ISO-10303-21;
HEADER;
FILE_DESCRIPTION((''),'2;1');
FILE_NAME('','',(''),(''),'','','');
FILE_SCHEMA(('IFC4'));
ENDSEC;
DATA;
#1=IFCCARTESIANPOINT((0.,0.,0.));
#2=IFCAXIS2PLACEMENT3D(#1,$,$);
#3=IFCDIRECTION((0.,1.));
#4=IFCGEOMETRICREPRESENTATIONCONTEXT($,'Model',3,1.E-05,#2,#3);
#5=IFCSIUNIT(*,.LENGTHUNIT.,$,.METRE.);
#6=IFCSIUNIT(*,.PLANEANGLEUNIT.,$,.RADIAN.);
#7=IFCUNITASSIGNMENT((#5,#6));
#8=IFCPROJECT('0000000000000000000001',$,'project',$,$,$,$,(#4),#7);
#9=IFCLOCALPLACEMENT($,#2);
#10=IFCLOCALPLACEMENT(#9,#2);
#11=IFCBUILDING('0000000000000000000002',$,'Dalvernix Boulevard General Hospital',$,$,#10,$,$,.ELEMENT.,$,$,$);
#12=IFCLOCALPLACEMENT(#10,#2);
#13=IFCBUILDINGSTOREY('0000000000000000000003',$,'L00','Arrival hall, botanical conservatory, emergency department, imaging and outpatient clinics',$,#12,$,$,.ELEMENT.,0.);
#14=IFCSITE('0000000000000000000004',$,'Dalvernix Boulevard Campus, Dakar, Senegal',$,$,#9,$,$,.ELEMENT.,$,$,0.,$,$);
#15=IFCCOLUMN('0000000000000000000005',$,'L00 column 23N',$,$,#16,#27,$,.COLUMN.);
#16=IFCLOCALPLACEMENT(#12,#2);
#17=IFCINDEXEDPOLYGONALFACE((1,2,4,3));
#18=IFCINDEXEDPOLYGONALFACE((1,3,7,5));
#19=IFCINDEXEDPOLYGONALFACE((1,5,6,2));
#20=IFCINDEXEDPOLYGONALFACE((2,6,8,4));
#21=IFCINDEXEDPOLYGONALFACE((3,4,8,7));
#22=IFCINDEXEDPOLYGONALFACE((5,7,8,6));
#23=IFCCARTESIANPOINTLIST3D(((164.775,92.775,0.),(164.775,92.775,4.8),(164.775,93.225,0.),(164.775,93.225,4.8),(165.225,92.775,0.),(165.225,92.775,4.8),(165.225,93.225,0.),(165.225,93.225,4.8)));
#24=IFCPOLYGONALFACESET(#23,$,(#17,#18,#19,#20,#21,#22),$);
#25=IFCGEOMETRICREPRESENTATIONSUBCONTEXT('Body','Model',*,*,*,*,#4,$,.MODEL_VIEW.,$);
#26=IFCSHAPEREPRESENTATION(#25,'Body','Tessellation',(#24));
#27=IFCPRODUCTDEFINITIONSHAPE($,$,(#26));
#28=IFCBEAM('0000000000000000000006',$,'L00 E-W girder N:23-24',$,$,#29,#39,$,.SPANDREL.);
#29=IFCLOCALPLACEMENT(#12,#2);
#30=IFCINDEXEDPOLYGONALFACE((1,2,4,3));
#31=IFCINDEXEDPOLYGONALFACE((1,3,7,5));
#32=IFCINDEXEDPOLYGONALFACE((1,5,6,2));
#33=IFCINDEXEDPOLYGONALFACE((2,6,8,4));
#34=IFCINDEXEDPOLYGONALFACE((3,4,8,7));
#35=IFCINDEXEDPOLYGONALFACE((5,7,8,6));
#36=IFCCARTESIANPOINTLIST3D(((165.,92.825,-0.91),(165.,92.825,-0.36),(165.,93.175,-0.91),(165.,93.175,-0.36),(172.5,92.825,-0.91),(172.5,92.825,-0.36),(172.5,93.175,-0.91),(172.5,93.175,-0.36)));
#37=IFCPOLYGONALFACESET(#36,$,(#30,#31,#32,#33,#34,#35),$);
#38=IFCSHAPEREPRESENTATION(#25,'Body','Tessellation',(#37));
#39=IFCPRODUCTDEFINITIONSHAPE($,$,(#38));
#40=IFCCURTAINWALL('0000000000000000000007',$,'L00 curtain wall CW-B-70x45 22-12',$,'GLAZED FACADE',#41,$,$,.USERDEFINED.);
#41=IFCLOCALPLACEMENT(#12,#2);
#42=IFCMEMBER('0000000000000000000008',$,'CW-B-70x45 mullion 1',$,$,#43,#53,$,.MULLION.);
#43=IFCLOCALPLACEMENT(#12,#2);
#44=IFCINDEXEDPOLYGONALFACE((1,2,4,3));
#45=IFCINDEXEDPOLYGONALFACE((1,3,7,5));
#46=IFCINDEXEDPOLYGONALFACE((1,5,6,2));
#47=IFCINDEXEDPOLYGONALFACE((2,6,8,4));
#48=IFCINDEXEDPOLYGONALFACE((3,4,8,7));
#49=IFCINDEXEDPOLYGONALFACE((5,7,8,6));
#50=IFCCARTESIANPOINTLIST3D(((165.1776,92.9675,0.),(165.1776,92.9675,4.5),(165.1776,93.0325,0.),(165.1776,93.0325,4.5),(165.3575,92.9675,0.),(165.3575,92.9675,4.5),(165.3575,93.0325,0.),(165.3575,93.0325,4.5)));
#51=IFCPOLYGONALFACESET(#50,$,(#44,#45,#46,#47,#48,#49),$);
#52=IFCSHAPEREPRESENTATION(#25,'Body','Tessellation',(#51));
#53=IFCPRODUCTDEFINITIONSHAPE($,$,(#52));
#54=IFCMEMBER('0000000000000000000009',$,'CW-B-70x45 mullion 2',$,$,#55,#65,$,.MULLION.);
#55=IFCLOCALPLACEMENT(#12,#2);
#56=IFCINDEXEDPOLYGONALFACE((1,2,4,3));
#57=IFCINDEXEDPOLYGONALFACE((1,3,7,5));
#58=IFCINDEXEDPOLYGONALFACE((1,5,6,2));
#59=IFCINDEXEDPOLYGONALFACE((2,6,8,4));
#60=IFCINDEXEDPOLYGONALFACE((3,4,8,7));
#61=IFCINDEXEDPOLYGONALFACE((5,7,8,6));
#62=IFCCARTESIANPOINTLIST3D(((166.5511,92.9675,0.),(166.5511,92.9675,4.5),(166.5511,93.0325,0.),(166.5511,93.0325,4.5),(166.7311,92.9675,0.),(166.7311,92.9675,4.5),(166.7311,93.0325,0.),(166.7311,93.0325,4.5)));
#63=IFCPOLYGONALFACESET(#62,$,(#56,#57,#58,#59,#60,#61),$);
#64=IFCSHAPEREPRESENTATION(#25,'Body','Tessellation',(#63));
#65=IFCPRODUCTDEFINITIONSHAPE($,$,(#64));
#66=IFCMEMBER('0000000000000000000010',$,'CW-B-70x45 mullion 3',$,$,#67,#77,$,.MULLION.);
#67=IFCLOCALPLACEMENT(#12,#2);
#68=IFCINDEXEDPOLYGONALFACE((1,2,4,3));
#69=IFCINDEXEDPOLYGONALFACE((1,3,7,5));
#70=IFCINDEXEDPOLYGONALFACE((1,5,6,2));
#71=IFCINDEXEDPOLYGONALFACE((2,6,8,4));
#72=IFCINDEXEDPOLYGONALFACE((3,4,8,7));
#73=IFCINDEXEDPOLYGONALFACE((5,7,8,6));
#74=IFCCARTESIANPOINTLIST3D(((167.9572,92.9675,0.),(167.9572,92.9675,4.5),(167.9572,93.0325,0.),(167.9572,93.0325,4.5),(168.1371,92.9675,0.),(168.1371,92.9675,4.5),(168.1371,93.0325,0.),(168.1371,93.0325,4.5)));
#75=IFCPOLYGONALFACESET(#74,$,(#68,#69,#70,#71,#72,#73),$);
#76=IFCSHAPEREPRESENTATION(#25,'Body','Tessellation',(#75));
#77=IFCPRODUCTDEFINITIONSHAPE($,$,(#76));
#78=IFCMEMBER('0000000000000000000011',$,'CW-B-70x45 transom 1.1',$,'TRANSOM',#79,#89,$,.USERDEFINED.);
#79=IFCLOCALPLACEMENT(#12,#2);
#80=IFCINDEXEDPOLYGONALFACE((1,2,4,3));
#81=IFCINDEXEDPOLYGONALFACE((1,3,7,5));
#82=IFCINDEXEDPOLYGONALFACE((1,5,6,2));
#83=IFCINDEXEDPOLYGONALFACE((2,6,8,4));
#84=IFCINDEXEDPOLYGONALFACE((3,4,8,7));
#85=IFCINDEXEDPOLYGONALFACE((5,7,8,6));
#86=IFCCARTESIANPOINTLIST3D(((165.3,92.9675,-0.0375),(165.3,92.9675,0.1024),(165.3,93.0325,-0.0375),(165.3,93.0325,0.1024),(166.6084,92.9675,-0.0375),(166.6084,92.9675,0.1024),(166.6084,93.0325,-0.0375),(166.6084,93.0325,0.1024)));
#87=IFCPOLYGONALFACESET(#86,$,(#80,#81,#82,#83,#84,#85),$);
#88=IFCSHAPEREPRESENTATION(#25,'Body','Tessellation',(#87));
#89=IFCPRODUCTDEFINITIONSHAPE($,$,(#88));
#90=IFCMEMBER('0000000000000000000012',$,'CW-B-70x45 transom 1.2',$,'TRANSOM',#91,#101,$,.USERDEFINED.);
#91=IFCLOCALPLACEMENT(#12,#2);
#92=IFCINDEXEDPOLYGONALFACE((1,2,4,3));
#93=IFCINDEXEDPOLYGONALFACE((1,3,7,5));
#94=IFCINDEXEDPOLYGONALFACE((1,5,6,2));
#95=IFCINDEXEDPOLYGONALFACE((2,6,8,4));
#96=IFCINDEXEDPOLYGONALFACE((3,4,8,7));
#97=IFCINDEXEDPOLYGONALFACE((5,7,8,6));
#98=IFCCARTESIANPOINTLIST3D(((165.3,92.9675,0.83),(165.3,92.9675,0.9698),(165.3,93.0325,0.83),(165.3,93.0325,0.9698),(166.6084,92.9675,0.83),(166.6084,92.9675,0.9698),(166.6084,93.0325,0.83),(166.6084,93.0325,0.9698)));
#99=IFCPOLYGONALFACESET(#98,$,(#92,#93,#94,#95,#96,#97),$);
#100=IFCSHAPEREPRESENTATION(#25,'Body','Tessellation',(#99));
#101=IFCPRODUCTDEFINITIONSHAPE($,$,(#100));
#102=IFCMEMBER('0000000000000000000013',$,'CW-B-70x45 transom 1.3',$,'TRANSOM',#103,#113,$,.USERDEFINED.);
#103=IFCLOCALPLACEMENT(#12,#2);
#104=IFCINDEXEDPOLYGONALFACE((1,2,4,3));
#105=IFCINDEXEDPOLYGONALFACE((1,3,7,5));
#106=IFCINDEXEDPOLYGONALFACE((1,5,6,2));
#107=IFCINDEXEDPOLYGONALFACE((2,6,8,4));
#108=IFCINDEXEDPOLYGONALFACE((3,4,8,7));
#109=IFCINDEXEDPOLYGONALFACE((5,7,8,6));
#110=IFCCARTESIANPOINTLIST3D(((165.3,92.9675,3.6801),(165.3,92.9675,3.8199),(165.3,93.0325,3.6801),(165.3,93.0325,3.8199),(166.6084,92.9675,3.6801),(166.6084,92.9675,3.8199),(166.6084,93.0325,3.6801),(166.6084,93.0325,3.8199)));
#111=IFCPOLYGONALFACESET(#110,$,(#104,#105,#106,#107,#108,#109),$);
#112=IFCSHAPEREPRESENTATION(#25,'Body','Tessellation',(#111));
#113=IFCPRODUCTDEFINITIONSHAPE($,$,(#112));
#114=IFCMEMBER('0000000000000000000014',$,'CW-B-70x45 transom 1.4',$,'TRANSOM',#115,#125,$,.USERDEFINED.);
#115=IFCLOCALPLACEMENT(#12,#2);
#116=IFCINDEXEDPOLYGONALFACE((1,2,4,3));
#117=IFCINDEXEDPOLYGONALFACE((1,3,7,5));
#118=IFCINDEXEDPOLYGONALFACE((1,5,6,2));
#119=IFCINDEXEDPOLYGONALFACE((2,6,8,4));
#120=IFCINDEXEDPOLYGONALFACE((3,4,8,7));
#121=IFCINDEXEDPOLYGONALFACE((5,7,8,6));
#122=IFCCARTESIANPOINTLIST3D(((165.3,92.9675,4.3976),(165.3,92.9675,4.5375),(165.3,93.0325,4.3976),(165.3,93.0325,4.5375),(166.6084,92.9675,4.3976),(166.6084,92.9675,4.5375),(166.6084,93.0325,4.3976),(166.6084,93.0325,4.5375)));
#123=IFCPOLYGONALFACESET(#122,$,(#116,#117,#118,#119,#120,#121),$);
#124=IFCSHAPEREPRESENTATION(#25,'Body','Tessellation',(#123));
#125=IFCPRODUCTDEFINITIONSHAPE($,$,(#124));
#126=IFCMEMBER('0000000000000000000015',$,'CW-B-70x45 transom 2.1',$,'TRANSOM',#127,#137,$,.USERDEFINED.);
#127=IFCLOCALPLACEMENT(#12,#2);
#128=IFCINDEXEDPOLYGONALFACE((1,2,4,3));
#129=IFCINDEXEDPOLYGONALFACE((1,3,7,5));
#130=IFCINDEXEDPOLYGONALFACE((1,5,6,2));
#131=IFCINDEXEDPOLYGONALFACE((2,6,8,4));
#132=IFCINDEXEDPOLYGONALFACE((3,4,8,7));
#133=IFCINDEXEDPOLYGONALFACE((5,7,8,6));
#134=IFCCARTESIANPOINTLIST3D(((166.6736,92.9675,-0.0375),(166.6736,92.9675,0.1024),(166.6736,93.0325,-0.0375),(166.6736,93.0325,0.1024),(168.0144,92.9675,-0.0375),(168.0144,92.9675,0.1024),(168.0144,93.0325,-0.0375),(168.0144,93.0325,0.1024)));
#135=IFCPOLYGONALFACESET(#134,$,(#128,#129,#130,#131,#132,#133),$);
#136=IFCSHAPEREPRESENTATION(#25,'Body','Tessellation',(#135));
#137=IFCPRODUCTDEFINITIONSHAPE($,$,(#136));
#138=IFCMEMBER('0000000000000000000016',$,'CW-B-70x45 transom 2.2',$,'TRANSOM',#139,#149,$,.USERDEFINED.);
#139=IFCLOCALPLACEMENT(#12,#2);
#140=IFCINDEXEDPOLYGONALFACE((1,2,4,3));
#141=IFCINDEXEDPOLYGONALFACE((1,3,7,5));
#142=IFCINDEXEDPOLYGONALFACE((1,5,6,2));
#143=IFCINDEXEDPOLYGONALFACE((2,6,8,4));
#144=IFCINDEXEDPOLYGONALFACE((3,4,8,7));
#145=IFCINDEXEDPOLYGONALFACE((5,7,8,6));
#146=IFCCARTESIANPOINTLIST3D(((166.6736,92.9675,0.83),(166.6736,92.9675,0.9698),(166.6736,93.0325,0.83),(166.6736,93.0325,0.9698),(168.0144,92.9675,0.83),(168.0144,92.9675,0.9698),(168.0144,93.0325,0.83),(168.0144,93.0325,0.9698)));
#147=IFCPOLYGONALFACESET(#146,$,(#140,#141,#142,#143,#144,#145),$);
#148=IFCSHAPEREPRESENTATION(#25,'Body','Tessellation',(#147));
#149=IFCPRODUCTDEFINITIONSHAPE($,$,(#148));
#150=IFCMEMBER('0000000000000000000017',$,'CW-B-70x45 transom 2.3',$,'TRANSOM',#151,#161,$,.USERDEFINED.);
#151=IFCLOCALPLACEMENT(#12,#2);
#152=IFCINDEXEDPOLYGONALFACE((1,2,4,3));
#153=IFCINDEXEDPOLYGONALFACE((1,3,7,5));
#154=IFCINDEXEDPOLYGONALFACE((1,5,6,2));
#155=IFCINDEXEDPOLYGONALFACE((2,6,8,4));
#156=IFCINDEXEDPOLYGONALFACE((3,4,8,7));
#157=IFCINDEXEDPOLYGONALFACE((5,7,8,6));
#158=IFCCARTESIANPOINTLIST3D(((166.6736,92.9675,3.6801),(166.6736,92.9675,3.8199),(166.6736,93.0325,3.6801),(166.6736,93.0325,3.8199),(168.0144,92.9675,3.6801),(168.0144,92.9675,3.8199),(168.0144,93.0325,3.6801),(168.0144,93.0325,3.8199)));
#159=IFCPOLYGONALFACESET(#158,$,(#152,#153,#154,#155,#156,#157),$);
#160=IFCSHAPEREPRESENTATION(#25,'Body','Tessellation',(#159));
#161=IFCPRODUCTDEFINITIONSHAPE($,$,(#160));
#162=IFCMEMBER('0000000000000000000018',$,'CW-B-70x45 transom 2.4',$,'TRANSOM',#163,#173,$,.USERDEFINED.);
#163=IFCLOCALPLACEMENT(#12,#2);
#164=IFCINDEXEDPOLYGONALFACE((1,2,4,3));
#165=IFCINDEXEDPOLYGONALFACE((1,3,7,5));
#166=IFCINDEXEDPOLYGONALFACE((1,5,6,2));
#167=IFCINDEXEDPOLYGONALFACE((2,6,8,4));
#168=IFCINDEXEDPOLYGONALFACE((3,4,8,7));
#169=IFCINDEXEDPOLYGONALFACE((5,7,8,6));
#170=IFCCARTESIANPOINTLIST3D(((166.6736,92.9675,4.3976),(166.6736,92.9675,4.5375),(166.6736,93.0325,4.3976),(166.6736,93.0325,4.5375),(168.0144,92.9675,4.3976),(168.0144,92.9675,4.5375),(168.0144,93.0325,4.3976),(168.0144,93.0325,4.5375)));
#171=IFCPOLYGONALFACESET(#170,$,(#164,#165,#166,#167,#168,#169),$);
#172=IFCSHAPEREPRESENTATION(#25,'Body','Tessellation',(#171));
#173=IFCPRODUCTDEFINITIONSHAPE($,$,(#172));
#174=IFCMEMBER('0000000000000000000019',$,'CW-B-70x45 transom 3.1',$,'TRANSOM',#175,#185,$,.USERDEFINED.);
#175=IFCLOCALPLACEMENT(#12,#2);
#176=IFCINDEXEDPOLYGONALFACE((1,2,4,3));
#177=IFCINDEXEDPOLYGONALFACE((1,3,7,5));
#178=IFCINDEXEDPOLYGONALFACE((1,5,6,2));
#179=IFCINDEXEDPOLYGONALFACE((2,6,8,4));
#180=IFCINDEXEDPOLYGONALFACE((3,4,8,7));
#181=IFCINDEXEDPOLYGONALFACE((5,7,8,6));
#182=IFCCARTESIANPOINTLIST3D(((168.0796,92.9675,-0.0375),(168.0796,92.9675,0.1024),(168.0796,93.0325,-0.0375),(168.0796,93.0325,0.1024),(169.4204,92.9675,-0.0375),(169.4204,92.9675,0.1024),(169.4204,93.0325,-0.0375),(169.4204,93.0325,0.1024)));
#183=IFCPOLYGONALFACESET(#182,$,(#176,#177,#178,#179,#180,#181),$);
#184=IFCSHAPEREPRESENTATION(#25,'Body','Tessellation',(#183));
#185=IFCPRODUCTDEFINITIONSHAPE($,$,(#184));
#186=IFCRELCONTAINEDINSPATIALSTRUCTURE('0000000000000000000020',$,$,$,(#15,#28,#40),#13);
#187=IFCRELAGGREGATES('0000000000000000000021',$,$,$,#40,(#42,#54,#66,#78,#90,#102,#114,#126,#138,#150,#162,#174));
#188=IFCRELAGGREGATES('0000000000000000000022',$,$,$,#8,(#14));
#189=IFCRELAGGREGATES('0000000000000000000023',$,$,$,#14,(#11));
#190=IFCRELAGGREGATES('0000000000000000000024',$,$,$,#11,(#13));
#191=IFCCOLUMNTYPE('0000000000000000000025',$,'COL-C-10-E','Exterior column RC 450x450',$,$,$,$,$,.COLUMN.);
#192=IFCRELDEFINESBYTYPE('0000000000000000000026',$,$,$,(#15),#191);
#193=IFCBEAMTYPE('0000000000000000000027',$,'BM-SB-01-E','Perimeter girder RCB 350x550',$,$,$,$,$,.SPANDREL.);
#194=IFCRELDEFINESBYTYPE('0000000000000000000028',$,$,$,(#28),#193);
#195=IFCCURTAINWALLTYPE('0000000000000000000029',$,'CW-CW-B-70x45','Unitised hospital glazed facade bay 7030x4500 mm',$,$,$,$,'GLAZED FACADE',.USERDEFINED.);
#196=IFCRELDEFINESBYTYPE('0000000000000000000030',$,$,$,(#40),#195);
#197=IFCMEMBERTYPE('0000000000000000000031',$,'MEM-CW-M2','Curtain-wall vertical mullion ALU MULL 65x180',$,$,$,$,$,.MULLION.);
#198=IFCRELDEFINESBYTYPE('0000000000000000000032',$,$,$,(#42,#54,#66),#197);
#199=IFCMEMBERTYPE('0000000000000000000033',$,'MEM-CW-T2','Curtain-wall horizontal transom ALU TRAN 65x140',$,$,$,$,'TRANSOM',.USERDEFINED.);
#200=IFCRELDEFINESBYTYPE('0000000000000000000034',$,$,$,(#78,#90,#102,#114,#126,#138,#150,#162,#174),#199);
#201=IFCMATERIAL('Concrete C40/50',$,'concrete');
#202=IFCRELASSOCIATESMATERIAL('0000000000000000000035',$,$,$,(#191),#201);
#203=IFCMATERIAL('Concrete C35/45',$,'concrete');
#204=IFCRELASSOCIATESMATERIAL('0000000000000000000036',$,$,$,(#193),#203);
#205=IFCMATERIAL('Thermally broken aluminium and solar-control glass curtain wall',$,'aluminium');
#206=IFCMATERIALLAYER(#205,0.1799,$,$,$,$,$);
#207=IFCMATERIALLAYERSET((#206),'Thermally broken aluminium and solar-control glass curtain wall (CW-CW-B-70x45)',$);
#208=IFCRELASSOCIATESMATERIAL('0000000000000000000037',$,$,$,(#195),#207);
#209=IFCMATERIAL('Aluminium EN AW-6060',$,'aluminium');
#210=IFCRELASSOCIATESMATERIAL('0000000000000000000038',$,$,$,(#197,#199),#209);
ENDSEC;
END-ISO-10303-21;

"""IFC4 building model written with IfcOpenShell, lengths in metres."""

from ifc_helpers import new_model, si_unit, direction, frame, origin, origin_2d, place, context, subcontext, project, spatial, rectangle, extrude, material, layer, layer_set, material_profile, profile_set, type_object, element, aggregate, save


model = new_model("IFC4")

# Units and contexts
model_context = context("Model", 3, precision=1e-05, world=origin(), true_north=direction((0.0, 1.0)))
body_context = subcontext(model_context, "Body", "Model", "MODEL_VIEW")
ifc_project = project(units=[si_unit("LENGTHUNIT", "METRE"), si_unit("PLANEANGLEUNIT", "RADIAN")], contexts=[model_context])

# Site, building, storey
site_placement = place(None, origin())
site = spatial("IfcSite", under=ifc_project, at=site_placement, Name="Dalvernix Boulevard Campus, Dakar, Senegal", CompositionType="ELEMENT", RefElevation=0.0)
building_placement = place(site_placement, origin())
building = spatial("IfcBuilding", under=site, at=building_placement, Name="Dalvernix Boulevard General Hospital", CompositionType="ELEMENT")
storey_placement = place(building_placement, origin())
storey = spatial("IfcBuildingStorey", under=building, at=storey_placement, Name="L00", Description="Arrival hall, botanical conservatory, emergency department, imaging and outpatient clinics", CompositionType="ELEMENT", Elevation=0.0)

# Column
ifc_material_1 = material(Name="Concrete C40/50", Category="concrete")
ifc_material_profile_1 = material_profile(ifc_material_1, rectangle(XDim=0.45, YDim=0.45, at=origin_2d()), Name="RC 450x450")
ifc_profile_set_1 = profile_set([ifc_material_profile_1], Name="Concrete C40/50")
column_type = type_object("IfcColumnType", Name="COL-C-10-E", Description="Exterior column RC 450x450", PredefinedType="COLUMN", material=ifc_profile_set_1)
column_placement = place(storey_placement, frame((165.0, 93.0, 0.0), z_axis=(0.0, 0.0, 1.0), x_axis=(1.0, 0.0, 0.0)))
element("IfcColumn", 1, at=column_placement, inside=storey, type_object=column_type, Name="L00 column 23N", PredefinedType="COLUMN", context=body_context, shape_type="SweptSolid", body=[
    extrude(rectangle(XDim=0.45, YDim=0.45, at=origin_2d()), origin(), (0.0, 0.0, 1.0), 4.8),
])

# Beam
ifc_material_2 = material(Name="Concrete C35/45", Category="concrete")
ifc_material_profile_2 = material_profile(ifc_material_2, rectangle(XDim=0.3501, YDim=0.55, at=origin_2d()), Name="RCB 350x550")
ifc_profile_set_2 = profile_set([ifc_material_profile_2], Name="Concrete C35/45")
beam_type = type_object("IfcBeamType", Name="BM-SB-01-E", Description="Perimeter girder RCB 350x550", PredefinedType="SPANDREL", material=ifc_profile_set_2)
beam_placement = place(storey_placement, frame((165.0, 93.0, -0.635), z_axis=(1.0, 0.0, 0.0), x_axis=(0.0, 1.0, 0.0)))
element("IfcBeam", 2, at=beam_placement, inside=storey, type_object=beam_type, Name="L00 E-W girder N:23-24", PredefinedType="SPANDREL", context=body_context, shape_type="SweptSolid", body=[
    extrude(rectangle(XDim=0.3501, YDim=0.55, at=origin_2d()), origin(), (0.0, 0.0, 1.0), 7.5),
])

# Curtain wall, members
ifc_material_3 = material(Name="Thermally broken aluminium and solar-control glass curtain wall", Category="aluminium")
ifc_layer_1 = layer(ifc_material_3, 0.1799)
ifc_layer_set_1 = layer_set([ifc_layer_1], Name="Thermally broken aluminium and solar-control glass curtain wall (CW-CW-B-70x45)")
curtain_wall_type = type_object("IfcCurtainWallType", Name="CW-CW-B-70x45", Description="Unitised hospital glazed facade bay 7030x4500 mm", ElementType="GLAZED FACADE", PredefinedType="USERDEFINED", material=ifc_layer_set_1)
curtain_wall_placement = place(storey_placement, origin())
curtain_wall = element("IfcCurtainWall", 3, at=curtain_wall_placement, inside=storey, type_object=curtain_wall_type, Name="L00 curtain wall CW-B-70x45 22-12", ObjectType="GLAZED FACADE", PredefinedType="USERDEFINED")
ifc_material_4 = material(Name="Aluminium EN AW-6060", Category="aluminium")
ifc_material_profile_3 = material_profile(ifc_material_4, rectangle(XDim=0.0649, YDim=0.1799, at=origin_2d()), Name="ALU MULL 65x180")
ifc_profile_set_3 = profile_set([ifc_material_profile_3], Name="Aluminium EN AW-6060")
member_type_1 = type_object("IfcMemberType", Name="MEM-CW-M2", Description="Curtain-wall vertical mullion ALU MULL 65x180", PredefinedType="MULLION", material=ifc_profile_set_3)
member_1_placement = place(storey_placement, frame((165.2676, 93.0, 0.0), z_axis=(0.0, 0.0, 1.0), x_axis=(0.0, 1.0, 0.0)))
member_1 = element("IfcMember", 4, at=member_1_placement, type_object=member_type_1, Name="CW-B-70x45 mullion 1", PredefinedType="MULLION", context=body_context, shape_type="SweptSolid", body=[
    extrude(rectangle(XDim=0.0649, YDim=0.1799, at=origin_2d()), origin(), (0.0, 0.0, 1.0), 4.5),
])
member_2_placement = place(storey_placement, frame((166.6411, 93.0, 0.0), z_axis=(0.0, 0.0, 1.0), x_axis=(0.0, 1.0, 0.0)))
member_2 = element("IfcMember", 5, at=member_2_placement, type_object=member_type_1, Name="CW-B-70x45 mullion 2", PredefinedType="MULLION", context=body_context, shape_type="SweptSolid", body=[
    extrude(rectangle(XDim=0.0649, YDim=0.1799, at=origin_2d()), origin(), (0.0, 0.0, 1.0), 4.5),
])
member_3_placement = place(storey_placement, frame((168.0471, 93.0, 0.0), z_axis=(0.0, 0.0, 1.0), x_axis=(0.0, 1.0, 0.0)))
member_3 = element("IfcMember", 6, at=member_3_placement, type_object=member_type_1, Name="CW-B-70x45 mullion 3", PredefinedType="MULLION", context=body_context, shape_type="SweptSolid", body=[
    extrude(rectangle(XDim=0.0649, YDim=0.1799, at=origin_2d()), origin(), (0.0, 0.0, 1.0), 4.5),
])
ifc_material_profile_4 = material_profile(ifc_material_4, rectangle(XDim=0.0649, YDim=0.1399, at=origin_2d()), Name="ALU TRAN 65x140")
ifc_profile_set_4 = profile_set([ifc_material_profile_4], Name="Aluminium EN AW-6060")
member_type_2 = type_object("IfcMemberType", Name="MEM-CW-T2", Description="Curtain-wall horizontal transom ALU TRAN 65x140", ElementType="TRANSOM", PredefinedType="USERDEFINED", material=ifc_profile_set_4)
member_4_placement = place(storey_placement, frame((165.3, 93.0, 0.0325), z_axis=(1.0, 0.0, 0.0), x_axis=(0.0, 1.0, 0.0)))
member_4 = element("IfcMember", 7, at=member_4_placement, type_object=member_type_2, Name="CW-B-70x45 transom 1.1", ObjectType="TRANSOM", PredefinedType="USERDEFINED", context=body_context, shape_type="SweptSolid", body=[
    extrude(rectangle(XDim=0.0649, YDim=0.1399, at=origin_2d()), origin(), (0.0, 0.0, 1.0), 1.3083),
])
member_5_placement = place(storey_placement, frame((165.3, 93.0, 0.8999), z_axis=(1.0, 0.0, 0.0), x_axis=(0.0, 1.0, 0.0)))
member_5 = element("IfcMember", 8, at=member_5_placement, type_object=member_type_2, Name="CW-B-70x45 transom 1.2", ObjectType="TRANSOM", PredefinedType="USERDEFINED", context=body_context, shape_type="SweptSolid", body=[
    extrude(rectangle(XDim=0.0649, YDim=0.1399, at=origin_2d()), origin(), (0.0, 0.0, 1.0), 1.3083),
])
member_6_placement = place(storey_placement, frame((165.3, 93.0, 3.75), z_axis=(1.0, 0.0, 0.0), x_axis=(0.0, 1.0, 0.0)))
member_6 = element("IfcMember", 9, at=member_6_placement, type_object=member_type_2, Name="CW-B-70x45 transom 1.3", ObjectType="TRANSOM", PredefinedType="USERDEFINED", context=body_context, shape_type="SweptSolid", body=[
    extrude(rectangle(XDim=0.0649, YDim=0.1399, at=origin_2d()), origin(), (0.0, 0.0, 1.0), 1.3083),
])
member_7_placement = place(storey_placement, frame((165.3, 93.0, 4.4675), z_axis=(1.0, 0.0, 0.0), x_axis=(0.0, 1.0, 0.0)))
member_7 = element("IfcMember", 10, at=member_7_placement, type_object=member_type_2, Name="CW-B-70x45 transom 1.4", ObjectType="TRANSOM", PredefinedType="USERDEFINED", context=body_context, shape_type="SweptSolid", body=[
    extrude(rectangle(XDim=0.0649, YDim=0.1399, at=origin_2d()), origin(), (0.0, 0.0, 1.0), 1.3083),
])
member_8_placement = place(storey_placement, frame((166.6736, 93.0, 0.0325), z_axis=(1.0, 0.0, 0.0), x_axis=(0.0, 1.0, 0.0)))
member_8 = element("IfcMember", 11, at=member_8_placement, type_object=member_type_2, Name="CW-B-70x45 transom 2.1", ObjectType="TRANSOM", PredefinedType="USERDEFINED", context=body_context, shape_type="SweptSolid", body=[
    extrude(rectangle(XDim=0.0649, YDim=0.1399, at=origin_2d()), origin(), (0.0, 0.0, 1.0), 1.3408),
])
member_9_placement = place(storey_placement, frame((166.6736, 93.0, 0.8999), z_axis=(1.0, 0.0, 0.0), x_axis=(0.0, 1.0, 0.0)))
member_9 = element("IfcMember", 12, at=member_9_placement, type_object=member_type_2, Name="CW-B-70x45 transom 2.2", ObjectType="TRANSOM", PredefinedType="USERDEFINED", context=body_context, shape_type="SweptSolid", body=[
    extrude(rectangle(XDim=0.0649, YDim=0.1399, at=origin_2d()), origin(), (0.0, 0.0, 1.0), 1.3408),
])
member_10_placement = place(storey_placement, frame((166.6736, 93.0, 3.75), z_axis=(1.0, 0.0, 0.0), x_axis=(0.0, 1.0, 0.0)))
member_10 = element("IfcMember", 13, at=member_10_placement, type_object=member_type_2, Name="CW-B-70x45 transom 2.3", ObjectType="TRANSOM", PredefinedType="USERDEFINED", context=body_context, shape_type="SweptSolid", body=[
    extrude(rectangle(XDim=0.0649, YDim=0.1399, at=origin_2d()), origin(), (0.0, 0.0, 1.0), 1.3408),
])
member_11_placement = place(storey_placement, frame((166.6736, 93.0, 4.4675), z_axis=(1.0, 0.0, 0.0), x_axis=(0.0, 1.0, 0.0)))
member_11 = element("IfcMember", 14, at=member_11_placement, type_object=member_type_2, Name="CW-B-70x45 transom 2.4", ObjectType="TRANSOM", PredefinedType="USERDEFINED", context=body_context, shape_type="SweptSolid", body=[
    extrude(rectangle(XDim=0.0649, YDim=0.1399, at=origin_2d()), origin(), (0.0, 0.0, 1.0), 1.3408),
])
member_12_placement = place(storey_placement, frame((168.0796, 93.0, 0.0325), z_axis=(1.0, 0.0, 0.0), x_axis=(0.0, 1.0, 0.0)))
member_12 = element("IfcMember", 15, at=member_12_placement, type_object=member_type_2, Name="CW-B-70x45 transom 3.1", ObjectType="TRANSOM", PredefinedType="USERDEFINED", context=body_context, shape_type="SweptSolid", body=[
    extrude(rectangle(XDim=0.0649, YDim=0.1399, at=origin_2d()), origin(), (0.0, 0.0, 1.0), 1.3408),
])
aggregate(curtain_wall, [member_1, member_2, member_3, member_4, member_5, member_6, member_7, member_8, member_9, member_10, member_11, member_12])

save(model, "model.ifc")
